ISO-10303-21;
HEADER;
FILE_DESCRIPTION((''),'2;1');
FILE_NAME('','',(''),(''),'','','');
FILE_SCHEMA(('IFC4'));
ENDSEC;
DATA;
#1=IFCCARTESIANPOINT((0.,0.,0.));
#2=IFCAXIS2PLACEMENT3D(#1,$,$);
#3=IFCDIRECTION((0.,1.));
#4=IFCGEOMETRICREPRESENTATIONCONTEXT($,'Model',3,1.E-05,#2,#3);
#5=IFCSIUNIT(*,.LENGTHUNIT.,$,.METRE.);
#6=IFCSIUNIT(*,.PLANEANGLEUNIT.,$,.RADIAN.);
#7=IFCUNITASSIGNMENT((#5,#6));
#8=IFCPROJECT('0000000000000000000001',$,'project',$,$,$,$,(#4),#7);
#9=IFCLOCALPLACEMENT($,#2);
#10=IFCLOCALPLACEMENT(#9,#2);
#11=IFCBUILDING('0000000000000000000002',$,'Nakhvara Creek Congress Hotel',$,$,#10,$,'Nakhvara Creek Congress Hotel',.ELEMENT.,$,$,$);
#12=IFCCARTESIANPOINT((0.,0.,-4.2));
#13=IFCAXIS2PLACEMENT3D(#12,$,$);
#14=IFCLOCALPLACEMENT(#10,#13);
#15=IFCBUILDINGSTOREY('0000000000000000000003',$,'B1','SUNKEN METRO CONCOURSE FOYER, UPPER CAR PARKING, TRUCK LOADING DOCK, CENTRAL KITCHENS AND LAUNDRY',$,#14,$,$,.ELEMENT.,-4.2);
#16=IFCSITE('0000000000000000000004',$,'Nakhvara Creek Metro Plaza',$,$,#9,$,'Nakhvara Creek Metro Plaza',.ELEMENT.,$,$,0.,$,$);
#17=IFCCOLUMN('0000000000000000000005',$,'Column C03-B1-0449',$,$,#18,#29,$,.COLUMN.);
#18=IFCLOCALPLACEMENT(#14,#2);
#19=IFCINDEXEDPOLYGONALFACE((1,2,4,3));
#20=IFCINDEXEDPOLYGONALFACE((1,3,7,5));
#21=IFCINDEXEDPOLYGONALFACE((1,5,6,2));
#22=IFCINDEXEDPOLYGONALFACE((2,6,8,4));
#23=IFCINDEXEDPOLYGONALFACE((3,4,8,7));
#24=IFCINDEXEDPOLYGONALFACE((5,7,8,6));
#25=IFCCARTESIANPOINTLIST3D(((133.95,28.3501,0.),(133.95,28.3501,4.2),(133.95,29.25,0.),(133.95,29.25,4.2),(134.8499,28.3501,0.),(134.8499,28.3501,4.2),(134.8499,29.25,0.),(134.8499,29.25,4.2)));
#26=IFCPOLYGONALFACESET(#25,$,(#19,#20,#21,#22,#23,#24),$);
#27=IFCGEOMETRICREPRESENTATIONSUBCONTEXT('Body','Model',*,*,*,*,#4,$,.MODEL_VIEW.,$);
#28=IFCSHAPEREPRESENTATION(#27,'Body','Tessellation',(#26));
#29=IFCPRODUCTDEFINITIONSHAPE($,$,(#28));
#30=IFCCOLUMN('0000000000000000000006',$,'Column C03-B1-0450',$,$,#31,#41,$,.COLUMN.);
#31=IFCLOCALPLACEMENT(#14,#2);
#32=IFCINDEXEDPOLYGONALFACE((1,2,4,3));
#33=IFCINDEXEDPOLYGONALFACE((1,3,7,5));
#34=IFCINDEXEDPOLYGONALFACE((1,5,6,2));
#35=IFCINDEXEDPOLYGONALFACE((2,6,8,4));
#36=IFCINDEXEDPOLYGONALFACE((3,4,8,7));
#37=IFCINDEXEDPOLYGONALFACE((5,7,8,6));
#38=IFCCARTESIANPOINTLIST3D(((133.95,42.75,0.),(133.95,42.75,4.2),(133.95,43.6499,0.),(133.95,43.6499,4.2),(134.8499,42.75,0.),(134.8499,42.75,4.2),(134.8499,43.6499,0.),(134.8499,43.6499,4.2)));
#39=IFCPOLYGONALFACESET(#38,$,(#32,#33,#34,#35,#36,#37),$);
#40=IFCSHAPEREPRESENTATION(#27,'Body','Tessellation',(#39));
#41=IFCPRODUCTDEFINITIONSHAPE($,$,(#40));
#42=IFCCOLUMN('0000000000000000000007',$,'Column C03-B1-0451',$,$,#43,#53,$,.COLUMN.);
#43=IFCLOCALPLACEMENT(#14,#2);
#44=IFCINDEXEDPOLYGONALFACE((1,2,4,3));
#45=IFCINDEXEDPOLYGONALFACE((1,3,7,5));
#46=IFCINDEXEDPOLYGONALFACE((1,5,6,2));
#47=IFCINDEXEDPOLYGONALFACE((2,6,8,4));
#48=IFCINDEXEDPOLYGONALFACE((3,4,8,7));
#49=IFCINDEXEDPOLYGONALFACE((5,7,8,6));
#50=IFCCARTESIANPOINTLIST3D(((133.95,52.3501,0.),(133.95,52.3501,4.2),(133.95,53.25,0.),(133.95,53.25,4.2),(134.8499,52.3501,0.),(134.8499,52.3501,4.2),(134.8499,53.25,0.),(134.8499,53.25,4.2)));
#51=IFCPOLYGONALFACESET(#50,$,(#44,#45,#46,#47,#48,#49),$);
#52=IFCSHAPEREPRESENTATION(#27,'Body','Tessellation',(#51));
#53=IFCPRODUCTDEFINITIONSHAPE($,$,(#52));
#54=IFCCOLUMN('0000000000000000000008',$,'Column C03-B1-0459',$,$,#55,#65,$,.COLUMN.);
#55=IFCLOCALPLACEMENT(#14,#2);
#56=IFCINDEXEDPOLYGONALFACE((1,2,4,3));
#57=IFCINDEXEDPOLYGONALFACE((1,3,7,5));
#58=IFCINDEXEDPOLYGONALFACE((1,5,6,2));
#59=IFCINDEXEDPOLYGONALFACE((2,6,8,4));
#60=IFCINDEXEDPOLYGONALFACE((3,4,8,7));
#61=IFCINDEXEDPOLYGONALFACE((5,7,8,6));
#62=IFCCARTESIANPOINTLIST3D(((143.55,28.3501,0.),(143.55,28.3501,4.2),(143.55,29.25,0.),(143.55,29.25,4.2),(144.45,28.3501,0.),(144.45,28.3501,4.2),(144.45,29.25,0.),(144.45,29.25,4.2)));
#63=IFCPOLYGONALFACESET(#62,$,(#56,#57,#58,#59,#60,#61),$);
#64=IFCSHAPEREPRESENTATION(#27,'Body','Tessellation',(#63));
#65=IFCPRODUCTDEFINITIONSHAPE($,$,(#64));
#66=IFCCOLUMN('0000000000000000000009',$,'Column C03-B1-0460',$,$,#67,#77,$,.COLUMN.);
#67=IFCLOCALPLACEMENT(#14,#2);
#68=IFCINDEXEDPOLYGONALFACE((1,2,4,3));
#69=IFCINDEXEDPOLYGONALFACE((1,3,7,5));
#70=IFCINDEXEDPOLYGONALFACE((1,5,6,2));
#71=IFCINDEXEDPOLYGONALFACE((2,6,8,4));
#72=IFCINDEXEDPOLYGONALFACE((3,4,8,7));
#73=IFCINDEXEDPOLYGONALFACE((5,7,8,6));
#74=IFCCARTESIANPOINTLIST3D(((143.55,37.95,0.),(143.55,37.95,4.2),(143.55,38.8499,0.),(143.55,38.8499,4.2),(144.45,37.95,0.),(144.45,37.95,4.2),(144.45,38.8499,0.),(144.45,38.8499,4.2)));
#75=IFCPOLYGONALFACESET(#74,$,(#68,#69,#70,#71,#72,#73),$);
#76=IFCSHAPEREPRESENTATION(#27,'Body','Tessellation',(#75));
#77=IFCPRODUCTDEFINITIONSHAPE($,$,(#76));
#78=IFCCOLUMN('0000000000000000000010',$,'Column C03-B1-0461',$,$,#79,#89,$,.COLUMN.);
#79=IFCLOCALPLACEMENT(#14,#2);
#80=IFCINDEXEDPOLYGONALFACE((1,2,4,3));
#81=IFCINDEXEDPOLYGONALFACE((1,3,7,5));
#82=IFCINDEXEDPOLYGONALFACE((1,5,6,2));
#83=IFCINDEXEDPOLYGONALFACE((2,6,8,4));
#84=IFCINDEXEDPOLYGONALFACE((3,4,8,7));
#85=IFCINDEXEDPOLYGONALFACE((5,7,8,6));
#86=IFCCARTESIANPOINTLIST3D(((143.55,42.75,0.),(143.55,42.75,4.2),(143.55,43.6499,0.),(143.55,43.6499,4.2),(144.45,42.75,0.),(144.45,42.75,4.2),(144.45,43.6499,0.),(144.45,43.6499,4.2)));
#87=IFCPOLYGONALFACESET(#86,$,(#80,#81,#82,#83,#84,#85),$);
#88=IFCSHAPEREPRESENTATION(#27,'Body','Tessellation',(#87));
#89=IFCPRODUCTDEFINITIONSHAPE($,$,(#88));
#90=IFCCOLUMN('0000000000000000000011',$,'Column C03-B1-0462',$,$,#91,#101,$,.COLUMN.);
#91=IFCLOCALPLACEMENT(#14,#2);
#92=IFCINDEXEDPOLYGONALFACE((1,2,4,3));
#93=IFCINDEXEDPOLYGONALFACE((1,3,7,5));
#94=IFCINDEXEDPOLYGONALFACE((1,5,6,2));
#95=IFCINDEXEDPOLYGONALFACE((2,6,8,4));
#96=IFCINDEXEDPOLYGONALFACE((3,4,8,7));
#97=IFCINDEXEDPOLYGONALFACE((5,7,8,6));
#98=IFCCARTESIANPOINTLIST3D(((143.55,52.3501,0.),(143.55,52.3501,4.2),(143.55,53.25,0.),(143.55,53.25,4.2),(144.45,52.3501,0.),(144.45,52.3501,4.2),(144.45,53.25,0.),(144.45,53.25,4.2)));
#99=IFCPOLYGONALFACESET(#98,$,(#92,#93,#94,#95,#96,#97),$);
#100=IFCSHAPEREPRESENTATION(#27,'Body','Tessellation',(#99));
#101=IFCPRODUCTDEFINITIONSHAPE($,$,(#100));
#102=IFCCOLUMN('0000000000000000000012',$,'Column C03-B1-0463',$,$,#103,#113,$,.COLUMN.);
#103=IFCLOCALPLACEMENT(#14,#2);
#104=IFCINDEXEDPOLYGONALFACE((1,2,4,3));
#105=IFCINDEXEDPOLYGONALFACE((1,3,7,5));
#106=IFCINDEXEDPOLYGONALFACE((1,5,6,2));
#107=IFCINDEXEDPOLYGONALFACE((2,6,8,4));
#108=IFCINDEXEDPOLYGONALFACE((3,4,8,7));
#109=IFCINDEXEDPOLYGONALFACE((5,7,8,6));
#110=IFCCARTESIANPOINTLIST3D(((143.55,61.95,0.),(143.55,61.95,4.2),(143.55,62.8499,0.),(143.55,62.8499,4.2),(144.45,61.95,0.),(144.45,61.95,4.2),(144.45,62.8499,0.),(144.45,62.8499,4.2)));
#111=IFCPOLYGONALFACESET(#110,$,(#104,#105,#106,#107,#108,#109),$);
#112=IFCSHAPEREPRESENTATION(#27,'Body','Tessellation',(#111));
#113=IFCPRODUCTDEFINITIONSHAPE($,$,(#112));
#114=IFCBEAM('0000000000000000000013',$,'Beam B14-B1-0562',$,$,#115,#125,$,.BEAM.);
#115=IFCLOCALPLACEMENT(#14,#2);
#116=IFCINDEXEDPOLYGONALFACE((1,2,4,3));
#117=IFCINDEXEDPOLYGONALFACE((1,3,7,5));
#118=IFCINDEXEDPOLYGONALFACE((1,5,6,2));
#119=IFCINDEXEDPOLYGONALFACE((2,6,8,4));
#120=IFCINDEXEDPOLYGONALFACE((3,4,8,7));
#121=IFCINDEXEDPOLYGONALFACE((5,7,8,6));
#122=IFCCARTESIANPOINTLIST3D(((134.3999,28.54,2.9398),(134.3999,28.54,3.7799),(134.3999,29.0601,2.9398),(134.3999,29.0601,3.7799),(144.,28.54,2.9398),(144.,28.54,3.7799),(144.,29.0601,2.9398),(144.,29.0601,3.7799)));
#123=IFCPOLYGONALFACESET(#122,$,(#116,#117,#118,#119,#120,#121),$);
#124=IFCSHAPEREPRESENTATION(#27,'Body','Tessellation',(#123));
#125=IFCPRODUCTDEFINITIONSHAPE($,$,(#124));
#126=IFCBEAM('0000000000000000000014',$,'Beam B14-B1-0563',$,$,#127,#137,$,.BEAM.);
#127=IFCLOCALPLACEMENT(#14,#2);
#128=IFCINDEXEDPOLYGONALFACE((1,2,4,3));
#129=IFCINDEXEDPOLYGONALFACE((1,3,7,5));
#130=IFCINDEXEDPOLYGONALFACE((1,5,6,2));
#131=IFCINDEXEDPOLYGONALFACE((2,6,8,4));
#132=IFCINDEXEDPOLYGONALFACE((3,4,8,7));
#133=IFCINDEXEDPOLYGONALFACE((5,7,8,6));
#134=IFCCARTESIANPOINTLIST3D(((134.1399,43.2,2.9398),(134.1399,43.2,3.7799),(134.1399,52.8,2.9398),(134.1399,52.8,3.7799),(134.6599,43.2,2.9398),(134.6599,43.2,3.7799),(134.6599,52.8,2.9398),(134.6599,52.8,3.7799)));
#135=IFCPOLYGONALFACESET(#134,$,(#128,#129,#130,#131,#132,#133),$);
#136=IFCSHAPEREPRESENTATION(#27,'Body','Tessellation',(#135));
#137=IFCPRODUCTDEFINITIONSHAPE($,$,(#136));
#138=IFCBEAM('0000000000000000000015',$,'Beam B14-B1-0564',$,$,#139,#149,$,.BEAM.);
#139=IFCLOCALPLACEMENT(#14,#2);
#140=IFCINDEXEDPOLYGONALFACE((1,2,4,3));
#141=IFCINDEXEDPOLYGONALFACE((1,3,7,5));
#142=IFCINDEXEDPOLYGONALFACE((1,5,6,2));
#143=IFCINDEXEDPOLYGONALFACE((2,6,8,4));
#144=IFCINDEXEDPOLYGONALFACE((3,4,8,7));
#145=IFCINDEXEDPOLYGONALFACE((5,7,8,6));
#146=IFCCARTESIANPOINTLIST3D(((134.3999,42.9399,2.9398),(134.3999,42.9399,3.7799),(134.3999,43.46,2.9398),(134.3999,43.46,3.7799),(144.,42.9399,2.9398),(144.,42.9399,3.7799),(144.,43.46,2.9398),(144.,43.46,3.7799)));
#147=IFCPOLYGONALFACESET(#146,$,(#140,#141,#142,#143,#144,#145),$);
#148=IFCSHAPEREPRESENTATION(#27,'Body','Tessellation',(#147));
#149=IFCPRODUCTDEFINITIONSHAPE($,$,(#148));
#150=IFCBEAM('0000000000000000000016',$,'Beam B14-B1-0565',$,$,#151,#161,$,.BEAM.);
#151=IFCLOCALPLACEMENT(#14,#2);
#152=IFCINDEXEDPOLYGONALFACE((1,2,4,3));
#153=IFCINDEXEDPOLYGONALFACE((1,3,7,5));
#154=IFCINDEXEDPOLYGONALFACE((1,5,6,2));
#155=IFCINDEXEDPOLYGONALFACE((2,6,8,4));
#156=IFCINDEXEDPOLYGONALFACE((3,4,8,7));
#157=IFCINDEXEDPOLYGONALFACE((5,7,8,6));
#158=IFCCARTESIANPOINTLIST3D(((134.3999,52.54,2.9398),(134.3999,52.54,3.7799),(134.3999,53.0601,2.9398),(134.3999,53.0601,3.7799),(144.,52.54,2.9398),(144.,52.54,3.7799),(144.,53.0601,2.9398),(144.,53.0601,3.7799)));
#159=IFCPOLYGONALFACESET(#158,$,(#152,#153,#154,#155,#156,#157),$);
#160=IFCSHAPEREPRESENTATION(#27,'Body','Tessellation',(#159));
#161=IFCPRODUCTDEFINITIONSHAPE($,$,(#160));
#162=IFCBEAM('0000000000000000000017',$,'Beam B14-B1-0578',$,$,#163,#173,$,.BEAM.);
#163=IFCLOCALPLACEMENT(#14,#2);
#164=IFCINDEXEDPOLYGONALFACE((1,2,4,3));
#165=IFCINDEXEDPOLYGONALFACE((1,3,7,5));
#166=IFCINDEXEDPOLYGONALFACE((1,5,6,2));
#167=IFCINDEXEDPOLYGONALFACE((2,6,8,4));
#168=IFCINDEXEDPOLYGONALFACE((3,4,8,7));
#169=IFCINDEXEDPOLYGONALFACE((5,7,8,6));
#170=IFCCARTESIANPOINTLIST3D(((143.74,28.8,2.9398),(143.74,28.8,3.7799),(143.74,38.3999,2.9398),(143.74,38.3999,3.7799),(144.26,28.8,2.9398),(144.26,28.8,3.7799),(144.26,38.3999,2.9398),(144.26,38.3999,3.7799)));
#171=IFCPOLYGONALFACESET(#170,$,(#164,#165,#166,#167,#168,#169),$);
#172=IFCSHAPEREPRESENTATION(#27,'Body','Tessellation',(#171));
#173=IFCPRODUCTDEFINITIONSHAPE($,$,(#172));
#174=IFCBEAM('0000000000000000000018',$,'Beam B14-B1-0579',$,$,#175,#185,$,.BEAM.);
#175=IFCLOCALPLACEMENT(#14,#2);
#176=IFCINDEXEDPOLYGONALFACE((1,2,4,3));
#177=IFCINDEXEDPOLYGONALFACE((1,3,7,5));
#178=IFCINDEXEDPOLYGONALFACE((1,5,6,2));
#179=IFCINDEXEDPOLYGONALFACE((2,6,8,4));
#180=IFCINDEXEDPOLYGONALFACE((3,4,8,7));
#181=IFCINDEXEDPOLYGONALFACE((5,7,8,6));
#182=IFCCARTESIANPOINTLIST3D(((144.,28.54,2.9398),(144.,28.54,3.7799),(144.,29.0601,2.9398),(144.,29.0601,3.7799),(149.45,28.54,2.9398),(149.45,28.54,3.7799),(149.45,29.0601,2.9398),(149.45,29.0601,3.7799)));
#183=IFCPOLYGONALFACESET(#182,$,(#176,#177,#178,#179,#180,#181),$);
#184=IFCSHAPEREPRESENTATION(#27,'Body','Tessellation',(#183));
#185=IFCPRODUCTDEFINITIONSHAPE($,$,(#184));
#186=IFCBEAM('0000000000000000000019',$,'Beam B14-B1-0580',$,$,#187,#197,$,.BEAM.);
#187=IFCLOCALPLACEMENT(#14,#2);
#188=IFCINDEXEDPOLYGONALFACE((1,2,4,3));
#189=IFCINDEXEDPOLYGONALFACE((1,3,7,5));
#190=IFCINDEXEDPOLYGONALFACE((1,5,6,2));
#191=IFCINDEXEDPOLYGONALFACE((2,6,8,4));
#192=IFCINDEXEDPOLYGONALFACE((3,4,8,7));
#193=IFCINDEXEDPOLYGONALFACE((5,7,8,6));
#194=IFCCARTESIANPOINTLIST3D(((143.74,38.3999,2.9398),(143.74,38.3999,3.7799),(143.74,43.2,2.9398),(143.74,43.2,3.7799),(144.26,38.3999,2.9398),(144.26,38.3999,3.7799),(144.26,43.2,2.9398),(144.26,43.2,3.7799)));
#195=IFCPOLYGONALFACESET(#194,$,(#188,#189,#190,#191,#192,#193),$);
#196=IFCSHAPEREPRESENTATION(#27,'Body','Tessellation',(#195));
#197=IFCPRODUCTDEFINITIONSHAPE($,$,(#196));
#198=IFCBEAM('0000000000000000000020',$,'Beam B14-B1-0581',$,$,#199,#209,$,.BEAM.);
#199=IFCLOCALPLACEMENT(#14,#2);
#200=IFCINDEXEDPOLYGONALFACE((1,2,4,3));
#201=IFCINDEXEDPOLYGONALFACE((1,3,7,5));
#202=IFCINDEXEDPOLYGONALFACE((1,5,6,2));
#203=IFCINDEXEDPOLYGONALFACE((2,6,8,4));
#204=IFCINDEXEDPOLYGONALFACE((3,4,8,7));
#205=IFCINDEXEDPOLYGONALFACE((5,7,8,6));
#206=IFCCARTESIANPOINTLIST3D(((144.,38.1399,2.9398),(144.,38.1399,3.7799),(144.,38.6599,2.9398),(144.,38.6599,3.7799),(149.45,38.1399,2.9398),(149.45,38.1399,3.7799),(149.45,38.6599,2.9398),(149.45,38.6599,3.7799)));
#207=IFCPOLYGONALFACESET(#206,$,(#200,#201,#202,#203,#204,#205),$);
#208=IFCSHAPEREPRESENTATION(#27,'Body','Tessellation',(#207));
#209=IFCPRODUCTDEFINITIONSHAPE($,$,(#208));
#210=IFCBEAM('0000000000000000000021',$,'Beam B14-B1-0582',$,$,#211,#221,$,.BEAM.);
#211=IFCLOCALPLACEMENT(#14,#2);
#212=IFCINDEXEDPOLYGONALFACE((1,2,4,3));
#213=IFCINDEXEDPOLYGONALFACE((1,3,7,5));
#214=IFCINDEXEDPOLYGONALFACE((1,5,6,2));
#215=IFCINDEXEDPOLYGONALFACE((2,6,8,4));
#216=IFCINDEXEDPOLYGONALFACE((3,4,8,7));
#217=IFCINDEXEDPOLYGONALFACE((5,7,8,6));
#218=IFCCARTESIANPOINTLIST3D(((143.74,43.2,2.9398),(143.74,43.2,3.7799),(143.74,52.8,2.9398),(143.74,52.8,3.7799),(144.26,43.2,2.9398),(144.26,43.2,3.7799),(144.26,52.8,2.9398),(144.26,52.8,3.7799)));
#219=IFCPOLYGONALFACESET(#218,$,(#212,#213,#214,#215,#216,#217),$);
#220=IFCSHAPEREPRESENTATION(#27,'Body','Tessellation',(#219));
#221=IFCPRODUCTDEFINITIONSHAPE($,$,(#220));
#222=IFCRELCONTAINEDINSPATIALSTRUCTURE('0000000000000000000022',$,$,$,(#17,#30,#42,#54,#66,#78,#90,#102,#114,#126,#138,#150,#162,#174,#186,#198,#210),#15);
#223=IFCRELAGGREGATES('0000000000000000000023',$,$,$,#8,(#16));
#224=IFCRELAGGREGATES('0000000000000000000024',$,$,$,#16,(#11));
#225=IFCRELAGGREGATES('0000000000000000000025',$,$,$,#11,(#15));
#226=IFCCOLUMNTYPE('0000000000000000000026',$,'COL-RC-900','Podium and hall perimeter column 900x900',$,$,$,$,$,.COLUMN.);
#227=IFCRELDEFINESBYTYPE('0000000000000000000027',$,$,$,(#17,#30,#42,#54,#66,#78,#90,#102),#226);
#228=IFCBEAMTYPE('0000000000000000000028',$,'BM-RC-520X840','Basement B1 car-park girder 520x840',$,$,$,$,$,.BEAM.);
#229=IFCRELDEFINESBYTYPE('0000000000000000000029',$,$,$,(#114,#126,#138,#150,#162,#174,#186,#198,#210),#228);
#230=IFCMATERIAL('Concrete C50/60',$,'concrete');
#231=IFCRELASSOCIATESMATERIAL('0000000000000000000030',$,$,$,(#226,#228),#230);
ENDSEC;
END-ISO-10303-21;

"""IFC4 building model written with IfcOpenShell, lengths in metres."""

from ifc_helpers import new_model, si_unit, direction, frame, origin, origin_2d, place, context, subcontext, project, spatial, rectangle, extrude, material, material_profile, profile_set, type_object, element, save


model = new_model("IFC4")

# Units and contexts
model_context = context("Model", 3, precision=1e-05, world=origin(), true_north=direction((0.0, 1.0)))
body_context = subcontext(model_context, "Body", "Model", "MODEL_VIEW")
ifc_project = project(units=[si_unit("LENGTHUNIT", "METRE"), si_unit("PLANEANGLEUNIT", "RADIAN")], contexts=[model_context])

# Site, building, storey
site_placement = place(None, origin())
site = spatial("IfcSite", under=ifc_project, at=site_placement, Name="Nakhvara Creek Metro Plaza", LongName="Nakhvara Creek Metro Plaza", CompositionType="ELEMENT", RefElevation=0.0)
building_placement = place(site_placement, origin())
building = spatial("IfcBuilding", under=site, at=building_placement, Name="Nakhvara Creek Congress Hotel", LongName="Nakhvara Creek Congress Hotel", CompositionType="ELEMENT")
storey_placement = place(building_placement, frame((0.0, 0.0, -4.2)))
storey = spatial("IfcBuildingStorey", under=building, at=storey_placement, Name="B1", Description="SUNKEN METRO CONCOURSE FOYER, UPPER CAR PARKING, TRUCK LOADING DOCK, CENTRAL KITCHENS AND LAUNDRY", CompositionType="ELEMENT", Elevation=-4.2)

# Columns
ifc_material_1 = material(Name="Concrete C50/60", Category="concrete")
ifc_material_profile_1 = material_profile(ifc_material_1, rectangle(XDim=0.8999, YDim=0.8999, at=origin_2d()), Name="RC-COL 900x900", Category="LoadBearing")
ifc_profile_set_1 = profile_set([ifc_material_profile_1], Name="Concrete C50/60")
column_type = type_object("IfcColumnType", Name="COL-RC-900", Description="Podium and hall perimeter column 900x900", PredefinedType="COLUMN", material=ifc_profile_set_1)
for number, where, z_axis, x_axis, name in (
    (1, (134.3999, 28.8, 0.0), (0.0, 0.0, 1.0), (1.0, 0.0, 0.0), "Column C03-B1-0449"),
    (2, (134.3999, 43.2, 0.0), (0.0, 0.0, 1.0), (1.0, 0.0, 0.0), "Column C03-B1-0450"),
    (3, (134.3999, 52.8, 0.0), (0.0, 0.0, 1.0), (1.0, 0.0, 0.0), "Column C03-B1-0451"),
    (4, (144.0, 28.8, 0.0), (0.0, 0.0, 1.0), (1.0, 0.0, 0.0), "Column C03-B1-0459"),
    (5, (144.0, 38.3999, 0.0), (0.0, 0.0, 1.0), (1.0, 0.0, 0.0), "Column C03-B1-0460"),
    (6, (144.0, 43.2, 0.0), (0.0, 0.0, 1.0), (1.0, 0.0, 0.0), "Column C03-B1-0461"),
    (7, (144.0, 52.8, 0.0), (0.0, 0.0, 1.0), (1.0, 0.0, 0.0), "Column C03-B1-0462"),
    (8, (144.0, 62.3999, 0.0), (0.0, 0.0, 1.0), (1.0, 0.0, 0.0), "Column C03-B1-0463"),
):
    element("IfcColumn", number, at=place(storey_placement, frame(where, z_axis=z_axis, x_axis=x_axis)), inside=storey, type_object=column_type, Name=name, PredefinedType="COLUMN", context=body_context, shape_type="SweptSolid", body=[
        extrude(rectangle(XDim=0.8999, YDim=0.8999, at=origin_2d()), origin(), (0.0, 0.0, 1.0), 4.2),
    ])

# Beams
ifc_material_profile_2 = material_profile(ifc_material_1, rectangle(XDim=0.52, YDim=0.8401, at=origin_2d()), Name="RC-BM 520x840", Category="LoadBearing")
ifc_profile_set_2 = profile_set([ifc_material_profile_2], Name="Concrete C50/60")
beam_type = type_object("IfcBeamType", Name="BM-RC-520X840", Description="Basement B1 car-park girder 520x840", PredefinedType="BEAM", material=ifc_profile_set_2)
for number, where, z_axis, x_axis, name in (
    (9, (134.3999, 28.8, 3.3599), (1.0, 0.0, 0.0), (0.0, 1.0, 0.0), "Beam B14-B1-0562"),
    (10, (134.3999, 43.2, 3.3599), (0.0, 1.0, 0.0), (-1.0, 0.0, 0.0), "Beam B14-B1-0563"),
    (11, (134.3999, 43.2, 3.3599), (1.0, 0.0, 0.0), (0.0, 1.0, 0.0), "Beam B14-B1-0564"),
    (12, (134.3999, 52.8, 3.3599), (1.0, 0.0, 0.0), (0.0, 1.0, 0.0), "Beam B14-B1-0565"),
):
    element("IfcBeam", number, at=place(storey_placement, frame(where, z_axis=z_axis, x_axis=x_axis)), inside=storey, type_object=beam_type, Name=name, PredefinedType="BEAM", context=body_context, shape_type="SweptSolid", body=[
        extrude(rectangle(XDim=0.52, YDim=0.8401, at=origin_2d()), origin(), (0.0, 0.0, 1.0), 9.6001),
    ])
beam_1_placement = place(storey_placement, frame((144.0, 28.8, 3.3599), z_axis=(0.0, 1.0, 0.0), x_axis=(-1.0, 0.0, 0.0)))
element("IfcBeam", 13, at=beam_1_placement, inside=storey, type_object=beam_type, Name="Beam B14-B1-0578", PredefinedType="BEAM", context=body_context, shape_type="SweptSolid", body=[
    extrude(rectangle(XDim=0.52, YDim=0.8401, at=origin_2d()), origin(), (0.0, 0.0, 1.0), 9.5999),
])
beam_2_placement = place(storey_placement, frame((144.0, 28.8, 3.3599), z_axis=(1.0, 0.0, 0.0), x_axis=(0.0, 1.0, 0.0)))
element("IfcBeam", 14, at=beam_2_placement, inside=storey, type_object=beam_type, Name="Beam B14-B1-0579", PredefinedType="BEAM", context=body_context, shape_type="SweptSolid", body=[
    extrude(rectangle(XDim=0.52, YDim=0.8401, at=origin_2d()), origin(), (0.0, 0.0, 1.0), 5.45),
])
beam_3_placement = place(storey_placement, frame((144.0, 38.3999, 3.3599), z_axis=(0.0, 1.0, 0.0), x_axis=(-1.0, 0.0, 0.0)))
element("IfcBeam", 15, at=beam_3_placement, inside=storey, type_object=beam_type, Name="Beam B14-B1-0580", PredefinedType="BEAM", context=body_context, shape_type="SweptSolid", body=[
    extrude(rectangle(XDim=0.52, YDim=0.8401, at=origin_2d()), origin(), (0.0, 0.0, 1.0), 4.8),
])
beam_4_placement = place(storey_placement, frame((144.0, 38.3999, 3.3599), z_axis=(1.0, 0.0, 0.0), x_axis=(0.0, 1.0, 0.0)))
element("IfcBeam", 16, at=beam_4_placement, inside=storey, type_object=beam_type, Name="Beam B14-B1-0581", PredefinedType="BEAM", context=body_context, shape_type="SweptSolid", body=[
    extrude(rectangle(XDim=0.52, YDim=0.8401, at=origin_2d()), origin(), (0.0, 0.0, 1.0), 5.45),
])
beam_5_placement = place(storey_placement, frame((144.0, 43.2, 3.3599), z_axis=(0.0, 1.0, 0.0), x_axis=(-1.0, 0.0, 0.0)))
element("IfcBeam", 17, at=beam_5_placement, inside=storey, type_object=beam_type, Name="Beam B14-B1-0582", PredefinedType="BEAM", context=body_context, shape_type="SweptSolid", body=[
    extrude(rectangle(XDim=0.52, YDim=0.8401, at=origin_2d()), origin(), (0.0, 0.0, 1.0), 9.6001),
])

save(model, "model.ifc")
